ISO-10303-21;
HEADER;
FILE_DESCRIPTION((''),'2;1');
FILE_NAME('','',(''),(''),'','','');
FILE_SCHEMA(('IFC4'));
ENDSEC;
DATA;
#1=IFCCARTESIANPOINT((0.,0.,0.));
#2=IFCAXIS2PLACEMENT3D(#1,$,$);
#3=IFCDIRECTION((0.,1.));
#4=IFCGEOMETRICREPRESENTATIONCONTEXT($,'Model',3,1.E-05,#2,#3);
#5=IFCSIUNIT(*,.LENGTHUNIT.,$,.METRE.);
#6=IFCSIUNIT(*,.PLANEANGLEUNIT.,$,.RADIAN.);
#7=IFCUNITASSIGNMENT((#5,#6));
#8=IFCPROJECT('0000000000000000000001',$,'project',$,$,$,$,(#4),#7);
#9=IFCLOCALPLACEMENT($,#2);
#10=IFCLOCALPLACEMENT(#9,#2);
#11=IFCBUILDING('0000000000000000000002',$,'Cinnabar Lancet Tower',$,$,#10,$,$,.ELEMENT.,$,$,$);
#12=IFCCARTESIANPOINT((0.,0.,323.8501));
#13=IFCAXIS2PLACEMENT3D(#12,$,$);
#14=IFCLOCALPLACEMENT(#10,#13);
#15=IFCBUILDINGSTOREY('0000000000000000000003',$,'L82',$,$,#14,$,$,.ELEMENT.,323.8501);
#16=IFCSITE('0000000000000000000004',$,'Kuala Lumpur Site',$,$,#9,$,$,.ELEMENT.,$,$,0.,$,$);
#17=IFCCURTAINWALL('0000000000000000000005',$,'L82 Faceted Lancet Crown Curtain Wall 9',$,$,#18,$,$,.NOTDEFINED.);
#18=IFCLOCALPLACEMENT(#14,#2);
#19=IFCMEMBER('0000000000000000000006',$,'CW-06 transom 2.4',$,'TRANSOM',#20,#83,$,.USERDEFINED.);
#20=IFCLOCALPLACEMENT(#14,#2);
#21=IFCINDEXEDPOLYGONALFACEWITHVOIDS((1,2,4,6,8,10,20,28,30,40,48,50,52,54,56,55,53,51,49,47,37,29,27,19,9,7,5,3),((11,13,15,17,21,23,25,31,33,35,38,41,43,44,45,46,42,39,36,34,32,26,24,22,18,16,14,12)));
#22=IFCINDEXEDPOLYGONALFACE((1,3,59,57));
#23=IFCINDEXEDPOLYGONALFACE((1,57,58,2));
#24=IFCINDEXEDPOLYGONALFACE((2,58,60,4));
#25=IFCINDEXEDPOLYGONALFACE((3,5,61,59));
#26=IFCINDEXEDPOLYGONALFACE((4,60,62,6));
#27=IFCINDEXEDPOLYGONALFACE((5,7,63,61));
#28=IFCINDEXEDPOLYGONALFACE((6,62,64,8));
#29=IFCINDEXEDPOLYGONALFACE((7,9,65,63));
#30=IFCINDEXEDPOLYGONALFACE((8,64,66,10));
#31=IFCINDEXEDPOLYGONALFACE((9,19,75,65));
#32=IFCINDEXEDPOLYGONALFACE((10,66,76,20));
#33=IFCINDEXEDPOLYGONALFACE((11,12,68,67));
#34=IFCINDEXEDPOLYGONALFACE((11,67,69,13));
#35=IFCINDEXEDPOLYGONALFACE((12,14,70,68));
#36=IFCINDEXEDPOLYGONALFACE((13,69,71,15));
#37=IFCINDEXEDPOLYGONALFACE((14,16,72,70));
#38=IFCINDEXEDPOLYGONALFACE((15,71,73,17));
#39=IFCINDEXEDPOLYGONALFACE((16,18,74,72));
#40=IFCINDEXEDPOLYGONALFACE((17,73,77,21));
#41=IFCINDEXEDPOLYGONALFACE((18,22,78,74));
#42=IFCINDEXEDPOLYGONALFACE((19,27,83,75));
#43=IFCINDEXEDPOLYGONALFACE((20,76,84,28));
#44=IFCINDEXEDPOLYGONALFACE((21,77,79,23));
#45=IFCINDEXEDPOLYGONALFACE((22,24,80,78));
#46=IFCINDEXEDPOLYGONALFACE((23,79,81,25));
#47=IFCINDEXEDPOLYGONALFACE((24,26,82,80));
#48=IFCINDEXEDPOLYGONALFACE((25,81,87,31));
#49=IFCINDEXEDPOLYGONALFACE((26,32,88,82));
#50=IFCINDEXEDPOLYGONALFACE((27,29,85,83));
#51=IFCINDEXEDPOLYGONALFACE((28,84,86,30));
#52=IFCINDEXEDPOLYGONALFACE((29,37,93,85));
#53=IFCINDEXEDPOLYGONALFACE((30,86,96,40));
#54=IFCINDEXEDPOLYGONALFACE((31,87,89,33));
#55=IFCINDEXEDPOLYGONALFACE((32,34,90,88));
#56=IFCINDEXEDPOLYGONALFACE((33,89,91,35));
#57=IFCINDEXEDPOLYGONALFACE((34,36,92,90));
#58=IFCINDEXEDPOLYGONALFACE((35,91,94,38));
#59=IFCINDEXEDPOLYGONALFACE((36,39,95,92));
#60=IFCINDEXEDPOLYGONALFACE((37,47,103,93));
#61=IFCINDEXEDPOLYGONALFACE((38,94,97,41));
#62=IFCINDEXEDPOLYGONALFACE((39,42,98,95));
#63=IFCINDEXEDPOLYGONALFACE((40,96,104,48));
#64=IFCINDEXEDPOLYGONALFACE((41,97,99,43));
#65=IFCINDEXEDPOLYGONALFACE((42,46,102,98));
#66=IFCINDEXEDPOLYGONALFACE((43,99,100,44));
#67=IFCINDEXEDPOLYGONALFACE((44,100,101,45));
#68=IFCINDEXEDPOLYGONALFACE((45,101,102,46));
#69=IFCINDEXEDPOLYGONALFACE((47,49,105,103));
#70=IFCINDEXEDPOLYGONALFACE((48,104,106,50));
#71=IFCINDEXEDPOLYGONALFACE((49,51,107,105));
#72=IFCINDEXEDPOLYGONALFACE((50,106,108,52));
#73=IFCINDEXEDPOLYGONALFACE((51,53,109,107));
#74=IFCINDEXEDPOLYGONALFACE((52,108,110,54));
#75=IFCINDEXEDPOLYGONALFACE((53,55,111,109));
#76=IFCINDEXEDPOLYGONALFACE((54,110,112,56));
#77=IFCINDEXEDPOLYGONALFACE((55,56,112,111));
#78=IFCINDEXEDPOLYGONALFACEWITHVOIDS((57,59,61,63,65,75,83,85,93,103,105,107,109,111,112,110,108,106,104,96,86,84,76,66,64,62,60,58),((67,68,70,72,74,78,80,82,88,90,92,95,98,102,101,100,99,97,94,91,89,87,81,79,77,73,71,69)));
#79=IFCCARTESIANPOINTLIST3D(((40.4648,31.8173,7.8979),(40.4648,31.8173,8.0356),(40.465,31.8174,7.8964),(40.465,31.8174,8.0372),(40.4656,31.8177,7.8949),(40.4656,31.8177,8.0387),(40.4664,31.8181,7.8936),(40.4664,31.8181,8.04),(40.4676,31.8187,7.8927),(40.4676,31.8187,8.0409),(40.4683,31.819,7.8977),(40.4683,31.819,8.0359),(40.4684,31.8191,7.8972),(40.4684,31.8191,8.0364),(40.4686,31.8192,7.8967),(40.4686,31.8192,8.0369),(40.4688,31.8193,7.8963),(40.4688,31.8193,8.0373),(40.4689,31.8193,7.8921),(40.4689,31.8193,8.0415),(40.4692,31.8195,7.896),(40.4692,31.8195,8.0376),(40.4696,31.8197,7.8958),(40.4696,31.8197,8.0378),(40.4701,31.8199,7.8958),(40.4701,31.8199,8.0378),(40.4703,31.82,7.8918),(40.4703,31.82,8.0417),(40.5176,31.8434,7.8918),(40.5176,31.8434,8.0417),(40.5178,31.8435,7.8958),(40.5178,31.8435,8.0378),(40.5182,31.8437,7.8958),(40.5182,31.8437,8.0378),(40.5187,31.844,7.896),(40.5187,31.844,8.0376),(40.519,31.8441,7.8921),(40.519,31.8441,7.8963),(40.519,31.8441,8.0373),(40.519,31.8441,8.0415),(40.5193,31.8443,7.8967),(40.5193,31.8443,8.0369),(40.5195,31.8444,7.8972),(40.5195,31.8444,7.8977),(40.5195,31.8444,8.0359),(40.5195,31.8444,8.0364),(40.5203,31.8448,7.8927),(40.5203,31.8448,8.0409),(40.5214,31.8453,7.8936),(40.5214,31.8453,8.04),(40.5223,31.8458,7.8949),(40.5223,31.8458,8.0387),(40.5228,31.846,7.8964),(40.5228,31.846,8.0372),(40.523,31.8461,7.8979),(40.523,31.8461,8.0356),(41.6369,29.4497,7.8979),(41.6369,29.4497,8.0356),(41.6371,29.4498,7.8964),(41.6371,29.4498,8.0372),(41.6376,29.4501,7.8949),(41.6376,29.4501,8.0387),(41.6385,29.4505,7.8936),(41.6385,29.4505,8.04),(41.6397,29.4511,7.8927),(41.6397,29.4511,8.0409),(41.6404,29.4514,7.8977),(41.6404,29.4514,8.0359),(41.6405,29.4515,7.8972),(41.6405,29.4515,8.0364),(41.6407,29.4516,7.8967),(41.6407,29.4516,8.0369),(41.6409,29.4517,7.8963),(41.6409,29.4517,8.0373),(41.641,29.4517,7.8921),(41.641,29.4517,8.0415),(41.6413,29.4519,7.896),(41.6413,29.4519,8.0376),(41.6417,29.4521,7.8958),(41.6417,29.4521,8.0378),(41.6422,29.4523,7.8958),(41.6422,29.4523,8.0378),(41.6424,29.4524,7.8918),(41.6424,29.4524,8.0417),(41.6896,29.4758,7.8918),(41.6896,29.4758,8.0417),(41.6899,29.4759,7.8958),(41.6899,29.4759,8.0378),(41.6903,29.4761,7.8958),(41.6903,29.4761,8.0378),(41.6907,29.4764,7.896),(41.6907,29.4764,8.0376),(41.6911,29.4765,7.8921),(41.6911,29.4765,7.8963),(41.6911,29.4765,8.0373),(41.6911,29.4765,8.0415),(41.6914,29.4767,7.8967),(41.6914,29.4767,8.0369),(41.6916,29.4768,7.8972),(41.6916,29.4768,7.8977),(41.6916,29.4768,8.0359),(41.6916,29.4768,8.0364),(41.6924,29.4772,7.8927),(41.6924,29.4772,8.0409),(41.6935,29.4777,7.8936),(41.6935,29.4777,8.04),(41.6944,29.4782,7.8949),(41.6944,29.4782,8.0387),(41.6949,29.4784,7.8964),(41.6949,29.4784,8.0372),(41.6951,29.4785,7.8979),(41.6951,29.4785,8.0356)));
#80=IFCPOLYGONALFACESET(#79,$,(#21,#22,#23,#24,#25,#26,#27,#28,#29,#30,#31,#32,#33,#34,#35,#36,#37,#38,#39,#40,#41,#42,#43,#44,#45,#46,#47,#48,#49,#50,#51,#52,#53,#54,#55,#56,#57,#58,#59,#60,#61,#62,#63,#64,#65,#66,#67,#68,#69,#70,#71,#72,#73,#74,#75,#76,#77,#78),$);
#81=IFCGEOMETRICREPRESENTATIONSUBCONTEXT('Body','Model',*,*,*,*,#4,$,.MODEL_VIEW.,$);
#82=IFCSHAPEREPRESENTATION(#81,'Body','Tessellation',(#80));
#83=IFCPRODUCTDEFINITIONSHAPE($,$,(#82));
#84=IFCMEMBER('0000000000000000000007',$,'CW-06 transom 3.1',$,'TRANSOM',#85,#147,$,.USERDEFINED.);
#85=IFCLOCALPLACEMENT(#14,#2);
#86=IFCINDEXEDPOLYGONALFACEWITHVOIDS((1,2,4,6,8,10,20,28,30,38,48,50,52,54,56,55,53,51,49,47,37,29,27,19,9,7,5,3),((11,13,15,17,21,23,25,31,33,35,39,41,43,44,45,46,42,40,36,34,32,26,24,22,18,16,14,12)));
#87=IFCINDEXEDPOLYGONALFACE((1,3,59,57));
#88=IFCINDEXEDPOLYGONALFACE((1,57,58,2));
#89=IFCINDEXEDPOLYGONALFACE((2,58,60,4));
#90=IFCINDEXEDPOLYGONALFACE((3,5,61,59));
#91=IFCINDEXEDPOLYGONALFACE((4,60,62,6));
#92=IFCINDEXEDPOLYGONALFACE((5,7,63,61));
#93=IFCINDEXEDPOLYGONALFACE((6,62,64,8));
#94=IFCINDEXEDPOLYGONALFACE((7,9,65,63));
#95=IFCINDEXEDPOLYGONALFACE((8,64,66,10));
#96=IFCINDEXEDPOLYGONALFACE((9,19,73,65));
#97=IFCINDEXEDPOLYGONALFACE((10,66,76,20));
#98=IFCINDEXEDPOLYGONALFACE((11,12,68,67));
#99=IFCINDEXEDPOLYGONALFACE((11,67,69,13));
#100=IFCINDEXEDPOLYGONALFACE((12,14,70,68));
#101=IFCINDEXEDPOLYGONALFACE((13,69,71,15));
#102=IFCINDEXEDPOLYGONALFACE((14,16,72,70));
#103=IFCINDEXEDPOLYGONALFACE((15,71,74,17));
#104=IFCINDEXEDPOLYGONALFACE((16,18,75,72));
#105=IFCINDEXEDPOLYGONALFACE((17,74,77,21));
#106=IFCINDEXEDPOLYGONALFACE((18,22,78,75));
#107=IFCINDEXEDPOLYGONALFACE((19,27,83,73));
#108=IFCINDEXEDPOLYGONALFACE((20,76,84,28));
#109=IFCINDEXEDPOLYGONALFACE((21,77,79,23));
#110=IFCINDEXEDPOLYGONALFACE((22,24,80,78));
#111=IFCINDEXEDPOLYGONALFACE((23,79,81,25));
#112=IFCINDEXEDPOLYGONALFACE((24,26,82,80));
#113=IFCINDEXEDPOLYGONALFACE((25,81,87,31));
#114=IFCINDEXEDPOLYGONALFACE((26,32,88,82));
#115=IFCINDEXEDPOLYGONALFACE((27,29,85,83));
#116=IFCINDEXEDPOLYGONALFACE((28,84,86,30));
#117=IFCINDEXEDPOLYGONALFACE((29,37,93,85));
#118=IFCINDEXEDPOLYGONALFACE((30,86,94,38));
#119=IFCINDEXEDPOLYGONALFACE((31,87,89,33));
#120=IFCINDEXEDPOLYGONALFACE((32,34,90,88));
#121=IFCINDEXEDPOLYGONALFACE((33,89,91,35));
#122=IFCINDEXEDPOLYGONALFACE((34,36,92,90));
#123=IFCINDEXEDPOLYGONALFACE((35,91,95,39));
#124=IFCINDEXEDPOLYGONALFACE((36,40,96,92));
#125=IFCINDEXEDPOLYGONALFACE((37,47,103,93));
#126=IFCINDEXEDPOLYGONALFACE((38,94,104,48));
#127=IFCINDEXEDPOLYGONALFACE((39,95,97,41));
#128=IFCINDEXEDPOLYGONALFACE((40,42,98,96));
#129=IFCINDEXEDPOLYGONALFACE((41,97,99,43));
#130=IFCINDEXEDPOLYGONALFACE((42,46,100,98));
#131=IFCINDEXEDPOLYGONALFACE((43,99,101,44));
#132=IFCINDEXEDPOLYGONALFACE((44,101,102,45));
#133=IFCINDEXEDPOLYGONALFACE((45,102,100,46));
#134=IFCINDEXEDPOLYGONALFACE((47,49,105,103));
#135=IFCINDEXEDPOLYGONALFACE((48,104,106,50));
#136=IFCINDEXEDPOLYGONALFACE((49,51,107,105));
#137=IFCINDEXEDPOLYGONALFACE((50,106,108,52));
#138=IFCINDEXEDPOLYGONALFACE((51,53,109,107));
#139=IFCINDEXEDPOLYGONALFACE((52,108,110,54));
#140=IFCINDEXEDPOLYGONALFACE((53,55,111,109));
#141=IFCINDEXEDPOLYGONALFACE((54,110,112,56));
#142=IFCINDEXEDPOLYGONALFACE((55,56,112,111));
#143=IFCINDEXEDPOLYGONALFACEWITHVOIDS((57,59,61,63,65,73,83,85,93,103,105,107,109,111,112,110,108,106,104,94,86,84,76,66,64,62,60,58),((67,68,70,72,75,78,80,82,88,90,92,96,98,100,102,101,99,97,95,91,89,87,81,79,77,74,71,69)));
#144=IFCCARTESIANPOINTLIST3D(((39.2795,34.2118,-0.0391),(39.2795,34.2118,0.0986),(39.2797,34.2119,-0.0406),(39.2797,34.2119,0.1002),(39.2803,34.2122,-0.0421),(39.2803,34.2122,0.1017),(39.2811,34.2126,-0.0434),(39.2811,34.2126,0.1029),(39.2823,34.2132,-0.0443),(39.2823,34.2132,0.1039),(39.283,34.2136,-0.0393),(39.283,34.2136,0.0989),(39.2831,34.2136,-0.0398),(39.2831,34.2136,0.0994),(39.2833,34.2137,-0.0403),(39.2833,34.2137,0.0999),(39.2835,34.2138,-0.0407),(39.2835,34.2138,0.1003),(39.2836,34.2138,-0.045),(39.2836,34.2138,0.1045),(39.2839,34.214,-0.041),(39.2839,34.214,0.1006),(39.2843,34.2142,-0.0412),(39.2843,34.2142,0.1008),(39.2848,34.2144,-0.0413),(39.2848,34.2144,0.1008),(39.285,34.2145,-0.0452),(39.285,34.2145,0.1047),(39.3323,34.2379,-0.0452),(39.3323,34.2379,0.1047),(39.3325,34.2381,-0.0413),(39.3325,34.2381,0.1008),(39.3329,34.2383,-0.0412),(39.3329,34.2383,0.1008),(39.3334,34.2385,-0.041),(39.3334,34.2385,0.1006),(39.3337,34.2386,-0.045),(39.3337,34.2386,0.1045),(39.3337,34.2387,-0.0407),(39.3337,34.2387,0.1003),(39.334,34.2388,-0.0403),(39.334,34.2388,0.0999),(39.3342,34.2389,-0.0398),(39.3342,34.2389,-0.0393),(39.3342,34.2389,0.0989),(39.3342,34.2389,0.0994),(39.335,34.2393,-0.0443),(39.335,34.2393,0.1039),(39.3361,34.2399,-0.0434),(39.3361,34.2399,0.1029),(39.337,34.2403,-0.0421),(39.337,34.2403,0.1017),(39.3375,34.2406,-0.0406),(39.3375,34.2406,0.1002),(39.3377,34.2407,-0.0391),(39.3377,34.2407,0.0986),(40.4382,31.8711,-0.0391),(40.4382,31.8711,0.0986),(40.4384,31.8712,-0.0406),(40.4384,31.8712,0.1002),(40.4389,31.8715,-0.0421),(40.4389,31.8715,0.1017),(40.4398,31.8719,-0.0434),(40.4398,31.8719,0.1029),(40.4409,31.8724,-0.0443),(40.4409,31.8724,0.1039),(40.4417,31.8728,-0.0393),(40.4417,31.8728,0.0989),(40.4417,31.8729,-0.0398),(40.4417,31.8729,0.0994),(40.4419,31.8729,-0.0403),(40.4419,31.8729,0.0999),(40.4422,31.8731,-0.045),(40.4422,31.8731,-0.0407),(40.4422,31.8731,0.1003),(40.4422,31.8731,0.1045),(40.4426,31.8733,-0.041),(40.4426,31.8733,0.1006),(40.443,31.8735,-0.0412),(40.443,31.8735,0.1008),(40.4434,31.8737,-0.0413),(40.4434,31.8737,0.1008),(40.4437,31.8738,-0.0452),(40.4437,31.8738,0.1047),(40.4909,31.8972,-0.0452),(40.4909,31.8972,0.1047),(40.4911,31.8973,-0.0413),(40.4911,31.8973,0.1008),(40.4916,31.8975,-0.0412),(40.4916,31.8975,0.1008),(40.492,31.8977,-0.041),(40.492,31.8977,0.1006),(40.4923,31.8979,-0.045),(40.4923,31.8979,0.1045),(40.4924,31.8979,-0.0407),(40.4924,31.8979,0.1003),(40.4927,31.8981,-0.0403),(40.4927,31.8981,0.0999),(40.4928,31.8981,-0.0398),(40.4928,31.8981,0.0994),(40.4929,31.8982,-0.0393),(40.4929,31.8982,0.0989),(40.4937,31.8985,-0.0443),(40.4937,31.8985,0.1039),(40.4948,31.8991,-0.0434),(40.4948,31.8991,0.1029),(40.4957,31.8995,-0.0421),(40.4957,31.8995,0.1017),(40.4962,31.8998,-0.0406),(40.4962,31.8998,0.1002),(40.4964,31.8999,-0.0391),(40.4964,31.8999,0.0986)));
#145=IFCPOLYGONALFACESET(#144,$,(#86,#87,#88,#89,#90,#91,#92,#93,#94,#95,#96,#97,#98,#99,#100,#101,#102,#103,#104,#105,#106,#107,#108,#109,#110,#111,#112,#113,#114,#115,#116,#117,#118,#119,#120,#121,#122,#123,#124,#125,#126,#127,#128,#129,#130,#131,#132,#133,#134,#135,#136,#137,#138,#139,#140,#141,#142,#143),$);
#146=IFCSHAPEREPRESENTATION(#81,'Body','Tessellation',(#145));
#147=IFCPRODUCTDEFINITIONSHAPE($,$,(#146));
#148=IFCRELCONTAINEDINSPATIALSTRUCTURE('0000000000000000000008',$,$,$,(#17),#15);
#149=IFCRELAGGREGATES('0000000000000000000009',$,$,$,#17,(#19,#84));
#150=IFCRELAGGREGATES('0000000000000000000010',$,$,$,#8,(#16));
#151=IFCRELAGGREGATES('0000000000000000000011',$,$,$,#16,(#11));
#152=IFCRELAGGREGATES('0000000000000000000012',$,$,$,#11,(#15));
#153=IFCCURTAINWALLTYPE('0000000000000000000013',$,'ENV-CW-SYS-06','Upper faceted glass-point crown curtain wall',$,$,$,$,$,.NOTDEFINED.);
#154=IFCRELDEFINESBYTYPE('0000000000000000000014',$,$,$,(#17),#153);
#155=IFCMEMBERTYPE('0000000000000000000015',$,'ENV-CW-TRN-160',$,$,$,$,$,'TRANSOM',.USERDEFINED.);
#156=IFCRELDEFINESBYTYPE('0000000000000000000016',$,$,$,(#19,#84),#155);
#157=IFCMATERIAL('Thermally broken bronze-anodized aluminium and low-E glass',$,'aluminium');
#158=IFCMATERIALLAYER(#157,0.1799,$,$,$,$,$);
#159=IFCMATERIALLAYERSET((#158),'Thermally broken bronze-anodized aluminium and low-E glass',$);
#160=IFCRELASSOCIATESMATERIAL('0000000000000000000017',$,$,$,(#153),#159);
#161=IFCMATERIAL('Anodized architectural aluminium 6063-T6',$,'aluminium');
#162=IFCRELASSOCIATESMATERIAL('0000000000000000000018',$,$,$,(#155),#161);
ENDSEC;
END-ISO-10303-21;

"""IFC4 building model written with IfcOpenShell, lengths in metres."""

from ifc_helpers import new_model, si_unit, direction, frame, origin, origin_2d, place, context, subcontext, project, spatial, hollow_rectangle, extrude, material, layer, layer_set, material_profile, profile_set, type_object, element, aggregate, save


model = new_model("IFC4")

# Units and contexts
model_context = context("Model", 3, precision=1e-05, world=origin(), true_north=direction((0.0, 1.0)))
body_context = subcontext(model_context, "Body", "Model", "MODEL_VIEW")
ifc_project = project(units=[si_unit("LENGTHUNIT", "METRE"), si_unit("PLANEANGLEUNIT", "RADIAN")], contexts=[model_context])

# Site, building, storey
site_placement = place(None, origin())
site = spatial("IfcSite", under=ifc_project, at=site_placement, Name="Kuala Lumpur Site", CompositionType="ELEMENT", RefElevation=0.0)
building_placement = place(site_placement, origin())
building = spatial("IfcBuilding", under=site, at=building_placement, Name="Cinnabar Lancet Tower", CompositionType="ELEMENT")
storey_placement = place(building_placement, frame((0.0, 0.0, 323.8501)))
storey = spatial("IfcBuildingStorey", under=building, at=storey_placement, Name="L82", CompositionType="ELEMENT", Elevation=323.8501)

# Curtain wall
ifc_material_1 = material(Name="Thermally broken bronze-anodized aluminium and low-E glass", Category="aluminium")
ifc_layer_1 = layer(ifc_material_1, 0.1799)
ifc_layer_set_1 = layer_set([ifc_layer_1], Name="Thermally broken bronze-anodized aluminium and low-E glass")
curtain_wall_type = type_object("IfcCurtainWallType", Name="ENV-CW-SYS-06", Description="Upper faceted glass-point crown curtain wall", PredefinedType="NOTDEFINED", material=ifc_layer_set_1)
curtain_wall_1_placement = place(storey_placement, origin())
curtain_wall_1 = element("IfcCurtainWall", 1, at=curtain_wall_1_placement, inside=storey, type_object=curtain_wall_type, Name="L82 Faceted Lancet Crown Curtain Wall 9", PredefinedType="NOTDEFINED")

# Members
ifc_material_2 = material(Name="Anodized architectural aluminium 6063-T6", Category="aluminium")
ifc_material_profile_1 = material_profile(ifc_material_2, hollow_rectangle(XDim=0.0649, YDim=0.1499, WallThickness=0.0039, InnerFilletRadius=0.002, OuterFilletRadius=0.0061, at=origin_2d()), Name="CW-TRN 150x65x4")
ifc_profile_set_1 = profile_set([ifc_material_profile_1], Name="Anodized architectural aluminium 6063-T6")
member_type_1 = type_object("IfcMemberType", Name="ENV-CW-TRN-160", ElementType="TRANSOM", PredefinedType="USERDEFINED", material=ifc_profile_set_1)
member_1_placement = place(storey_placement, frame((41.666, 29.4641, 7.9668), z_axis=(-0.443662, 0.896194, 0.0), x_axis=(-0.896194, -0.443662, 0.0)))
member_1 = element("IfcMember", 2, at=member_1_placement, type_object=member_type_1, Name="CW-06 transom 2.4", ObjectType="TRANSOM", PredefinedType="USERDEFINED", context=body_context, shape_type="SweptSolid", body=[
    extrude(hollow_rectangle(XDim=0.0649, YDim=0.1499, WallThickness=0.0039, InnerFilletRadius=0.002, OuterFilletRadius=0.0061, at=origin_2d()), origin(), (0.0, 0.0, 1.0), 2.6418),
])
member_2_placement = place(storey_placement, frame((40.4673, 31.8855, 0.0298), z_axis=(-0.443621, 0.896215, 0.0), x_axis=(-0.896215, -0.443621, 0.0)))
member_2 = element("IfcMember", 3, at=member_2_placement, type_object=member_type_1, Name="CW-06 transom 3.1", ObjectType="TRANSOM", PredefinedType="USERDEFINED", context=body_context, shape_type="SweptSolid", body=[
    extrude(hollow_rectangle(XDim=0.0649, YDim=0.1499, WallThickness=0.0039, InnerFilletRadius=0.002, OuterFilletRadius=0.0061, at=origin_2d()), origin(), (0.0, 0.0, 1.0), 2.6118),
])

aggregate(curtain_wall_1, [member_1, member_2])

save(model, "model.ifc")
